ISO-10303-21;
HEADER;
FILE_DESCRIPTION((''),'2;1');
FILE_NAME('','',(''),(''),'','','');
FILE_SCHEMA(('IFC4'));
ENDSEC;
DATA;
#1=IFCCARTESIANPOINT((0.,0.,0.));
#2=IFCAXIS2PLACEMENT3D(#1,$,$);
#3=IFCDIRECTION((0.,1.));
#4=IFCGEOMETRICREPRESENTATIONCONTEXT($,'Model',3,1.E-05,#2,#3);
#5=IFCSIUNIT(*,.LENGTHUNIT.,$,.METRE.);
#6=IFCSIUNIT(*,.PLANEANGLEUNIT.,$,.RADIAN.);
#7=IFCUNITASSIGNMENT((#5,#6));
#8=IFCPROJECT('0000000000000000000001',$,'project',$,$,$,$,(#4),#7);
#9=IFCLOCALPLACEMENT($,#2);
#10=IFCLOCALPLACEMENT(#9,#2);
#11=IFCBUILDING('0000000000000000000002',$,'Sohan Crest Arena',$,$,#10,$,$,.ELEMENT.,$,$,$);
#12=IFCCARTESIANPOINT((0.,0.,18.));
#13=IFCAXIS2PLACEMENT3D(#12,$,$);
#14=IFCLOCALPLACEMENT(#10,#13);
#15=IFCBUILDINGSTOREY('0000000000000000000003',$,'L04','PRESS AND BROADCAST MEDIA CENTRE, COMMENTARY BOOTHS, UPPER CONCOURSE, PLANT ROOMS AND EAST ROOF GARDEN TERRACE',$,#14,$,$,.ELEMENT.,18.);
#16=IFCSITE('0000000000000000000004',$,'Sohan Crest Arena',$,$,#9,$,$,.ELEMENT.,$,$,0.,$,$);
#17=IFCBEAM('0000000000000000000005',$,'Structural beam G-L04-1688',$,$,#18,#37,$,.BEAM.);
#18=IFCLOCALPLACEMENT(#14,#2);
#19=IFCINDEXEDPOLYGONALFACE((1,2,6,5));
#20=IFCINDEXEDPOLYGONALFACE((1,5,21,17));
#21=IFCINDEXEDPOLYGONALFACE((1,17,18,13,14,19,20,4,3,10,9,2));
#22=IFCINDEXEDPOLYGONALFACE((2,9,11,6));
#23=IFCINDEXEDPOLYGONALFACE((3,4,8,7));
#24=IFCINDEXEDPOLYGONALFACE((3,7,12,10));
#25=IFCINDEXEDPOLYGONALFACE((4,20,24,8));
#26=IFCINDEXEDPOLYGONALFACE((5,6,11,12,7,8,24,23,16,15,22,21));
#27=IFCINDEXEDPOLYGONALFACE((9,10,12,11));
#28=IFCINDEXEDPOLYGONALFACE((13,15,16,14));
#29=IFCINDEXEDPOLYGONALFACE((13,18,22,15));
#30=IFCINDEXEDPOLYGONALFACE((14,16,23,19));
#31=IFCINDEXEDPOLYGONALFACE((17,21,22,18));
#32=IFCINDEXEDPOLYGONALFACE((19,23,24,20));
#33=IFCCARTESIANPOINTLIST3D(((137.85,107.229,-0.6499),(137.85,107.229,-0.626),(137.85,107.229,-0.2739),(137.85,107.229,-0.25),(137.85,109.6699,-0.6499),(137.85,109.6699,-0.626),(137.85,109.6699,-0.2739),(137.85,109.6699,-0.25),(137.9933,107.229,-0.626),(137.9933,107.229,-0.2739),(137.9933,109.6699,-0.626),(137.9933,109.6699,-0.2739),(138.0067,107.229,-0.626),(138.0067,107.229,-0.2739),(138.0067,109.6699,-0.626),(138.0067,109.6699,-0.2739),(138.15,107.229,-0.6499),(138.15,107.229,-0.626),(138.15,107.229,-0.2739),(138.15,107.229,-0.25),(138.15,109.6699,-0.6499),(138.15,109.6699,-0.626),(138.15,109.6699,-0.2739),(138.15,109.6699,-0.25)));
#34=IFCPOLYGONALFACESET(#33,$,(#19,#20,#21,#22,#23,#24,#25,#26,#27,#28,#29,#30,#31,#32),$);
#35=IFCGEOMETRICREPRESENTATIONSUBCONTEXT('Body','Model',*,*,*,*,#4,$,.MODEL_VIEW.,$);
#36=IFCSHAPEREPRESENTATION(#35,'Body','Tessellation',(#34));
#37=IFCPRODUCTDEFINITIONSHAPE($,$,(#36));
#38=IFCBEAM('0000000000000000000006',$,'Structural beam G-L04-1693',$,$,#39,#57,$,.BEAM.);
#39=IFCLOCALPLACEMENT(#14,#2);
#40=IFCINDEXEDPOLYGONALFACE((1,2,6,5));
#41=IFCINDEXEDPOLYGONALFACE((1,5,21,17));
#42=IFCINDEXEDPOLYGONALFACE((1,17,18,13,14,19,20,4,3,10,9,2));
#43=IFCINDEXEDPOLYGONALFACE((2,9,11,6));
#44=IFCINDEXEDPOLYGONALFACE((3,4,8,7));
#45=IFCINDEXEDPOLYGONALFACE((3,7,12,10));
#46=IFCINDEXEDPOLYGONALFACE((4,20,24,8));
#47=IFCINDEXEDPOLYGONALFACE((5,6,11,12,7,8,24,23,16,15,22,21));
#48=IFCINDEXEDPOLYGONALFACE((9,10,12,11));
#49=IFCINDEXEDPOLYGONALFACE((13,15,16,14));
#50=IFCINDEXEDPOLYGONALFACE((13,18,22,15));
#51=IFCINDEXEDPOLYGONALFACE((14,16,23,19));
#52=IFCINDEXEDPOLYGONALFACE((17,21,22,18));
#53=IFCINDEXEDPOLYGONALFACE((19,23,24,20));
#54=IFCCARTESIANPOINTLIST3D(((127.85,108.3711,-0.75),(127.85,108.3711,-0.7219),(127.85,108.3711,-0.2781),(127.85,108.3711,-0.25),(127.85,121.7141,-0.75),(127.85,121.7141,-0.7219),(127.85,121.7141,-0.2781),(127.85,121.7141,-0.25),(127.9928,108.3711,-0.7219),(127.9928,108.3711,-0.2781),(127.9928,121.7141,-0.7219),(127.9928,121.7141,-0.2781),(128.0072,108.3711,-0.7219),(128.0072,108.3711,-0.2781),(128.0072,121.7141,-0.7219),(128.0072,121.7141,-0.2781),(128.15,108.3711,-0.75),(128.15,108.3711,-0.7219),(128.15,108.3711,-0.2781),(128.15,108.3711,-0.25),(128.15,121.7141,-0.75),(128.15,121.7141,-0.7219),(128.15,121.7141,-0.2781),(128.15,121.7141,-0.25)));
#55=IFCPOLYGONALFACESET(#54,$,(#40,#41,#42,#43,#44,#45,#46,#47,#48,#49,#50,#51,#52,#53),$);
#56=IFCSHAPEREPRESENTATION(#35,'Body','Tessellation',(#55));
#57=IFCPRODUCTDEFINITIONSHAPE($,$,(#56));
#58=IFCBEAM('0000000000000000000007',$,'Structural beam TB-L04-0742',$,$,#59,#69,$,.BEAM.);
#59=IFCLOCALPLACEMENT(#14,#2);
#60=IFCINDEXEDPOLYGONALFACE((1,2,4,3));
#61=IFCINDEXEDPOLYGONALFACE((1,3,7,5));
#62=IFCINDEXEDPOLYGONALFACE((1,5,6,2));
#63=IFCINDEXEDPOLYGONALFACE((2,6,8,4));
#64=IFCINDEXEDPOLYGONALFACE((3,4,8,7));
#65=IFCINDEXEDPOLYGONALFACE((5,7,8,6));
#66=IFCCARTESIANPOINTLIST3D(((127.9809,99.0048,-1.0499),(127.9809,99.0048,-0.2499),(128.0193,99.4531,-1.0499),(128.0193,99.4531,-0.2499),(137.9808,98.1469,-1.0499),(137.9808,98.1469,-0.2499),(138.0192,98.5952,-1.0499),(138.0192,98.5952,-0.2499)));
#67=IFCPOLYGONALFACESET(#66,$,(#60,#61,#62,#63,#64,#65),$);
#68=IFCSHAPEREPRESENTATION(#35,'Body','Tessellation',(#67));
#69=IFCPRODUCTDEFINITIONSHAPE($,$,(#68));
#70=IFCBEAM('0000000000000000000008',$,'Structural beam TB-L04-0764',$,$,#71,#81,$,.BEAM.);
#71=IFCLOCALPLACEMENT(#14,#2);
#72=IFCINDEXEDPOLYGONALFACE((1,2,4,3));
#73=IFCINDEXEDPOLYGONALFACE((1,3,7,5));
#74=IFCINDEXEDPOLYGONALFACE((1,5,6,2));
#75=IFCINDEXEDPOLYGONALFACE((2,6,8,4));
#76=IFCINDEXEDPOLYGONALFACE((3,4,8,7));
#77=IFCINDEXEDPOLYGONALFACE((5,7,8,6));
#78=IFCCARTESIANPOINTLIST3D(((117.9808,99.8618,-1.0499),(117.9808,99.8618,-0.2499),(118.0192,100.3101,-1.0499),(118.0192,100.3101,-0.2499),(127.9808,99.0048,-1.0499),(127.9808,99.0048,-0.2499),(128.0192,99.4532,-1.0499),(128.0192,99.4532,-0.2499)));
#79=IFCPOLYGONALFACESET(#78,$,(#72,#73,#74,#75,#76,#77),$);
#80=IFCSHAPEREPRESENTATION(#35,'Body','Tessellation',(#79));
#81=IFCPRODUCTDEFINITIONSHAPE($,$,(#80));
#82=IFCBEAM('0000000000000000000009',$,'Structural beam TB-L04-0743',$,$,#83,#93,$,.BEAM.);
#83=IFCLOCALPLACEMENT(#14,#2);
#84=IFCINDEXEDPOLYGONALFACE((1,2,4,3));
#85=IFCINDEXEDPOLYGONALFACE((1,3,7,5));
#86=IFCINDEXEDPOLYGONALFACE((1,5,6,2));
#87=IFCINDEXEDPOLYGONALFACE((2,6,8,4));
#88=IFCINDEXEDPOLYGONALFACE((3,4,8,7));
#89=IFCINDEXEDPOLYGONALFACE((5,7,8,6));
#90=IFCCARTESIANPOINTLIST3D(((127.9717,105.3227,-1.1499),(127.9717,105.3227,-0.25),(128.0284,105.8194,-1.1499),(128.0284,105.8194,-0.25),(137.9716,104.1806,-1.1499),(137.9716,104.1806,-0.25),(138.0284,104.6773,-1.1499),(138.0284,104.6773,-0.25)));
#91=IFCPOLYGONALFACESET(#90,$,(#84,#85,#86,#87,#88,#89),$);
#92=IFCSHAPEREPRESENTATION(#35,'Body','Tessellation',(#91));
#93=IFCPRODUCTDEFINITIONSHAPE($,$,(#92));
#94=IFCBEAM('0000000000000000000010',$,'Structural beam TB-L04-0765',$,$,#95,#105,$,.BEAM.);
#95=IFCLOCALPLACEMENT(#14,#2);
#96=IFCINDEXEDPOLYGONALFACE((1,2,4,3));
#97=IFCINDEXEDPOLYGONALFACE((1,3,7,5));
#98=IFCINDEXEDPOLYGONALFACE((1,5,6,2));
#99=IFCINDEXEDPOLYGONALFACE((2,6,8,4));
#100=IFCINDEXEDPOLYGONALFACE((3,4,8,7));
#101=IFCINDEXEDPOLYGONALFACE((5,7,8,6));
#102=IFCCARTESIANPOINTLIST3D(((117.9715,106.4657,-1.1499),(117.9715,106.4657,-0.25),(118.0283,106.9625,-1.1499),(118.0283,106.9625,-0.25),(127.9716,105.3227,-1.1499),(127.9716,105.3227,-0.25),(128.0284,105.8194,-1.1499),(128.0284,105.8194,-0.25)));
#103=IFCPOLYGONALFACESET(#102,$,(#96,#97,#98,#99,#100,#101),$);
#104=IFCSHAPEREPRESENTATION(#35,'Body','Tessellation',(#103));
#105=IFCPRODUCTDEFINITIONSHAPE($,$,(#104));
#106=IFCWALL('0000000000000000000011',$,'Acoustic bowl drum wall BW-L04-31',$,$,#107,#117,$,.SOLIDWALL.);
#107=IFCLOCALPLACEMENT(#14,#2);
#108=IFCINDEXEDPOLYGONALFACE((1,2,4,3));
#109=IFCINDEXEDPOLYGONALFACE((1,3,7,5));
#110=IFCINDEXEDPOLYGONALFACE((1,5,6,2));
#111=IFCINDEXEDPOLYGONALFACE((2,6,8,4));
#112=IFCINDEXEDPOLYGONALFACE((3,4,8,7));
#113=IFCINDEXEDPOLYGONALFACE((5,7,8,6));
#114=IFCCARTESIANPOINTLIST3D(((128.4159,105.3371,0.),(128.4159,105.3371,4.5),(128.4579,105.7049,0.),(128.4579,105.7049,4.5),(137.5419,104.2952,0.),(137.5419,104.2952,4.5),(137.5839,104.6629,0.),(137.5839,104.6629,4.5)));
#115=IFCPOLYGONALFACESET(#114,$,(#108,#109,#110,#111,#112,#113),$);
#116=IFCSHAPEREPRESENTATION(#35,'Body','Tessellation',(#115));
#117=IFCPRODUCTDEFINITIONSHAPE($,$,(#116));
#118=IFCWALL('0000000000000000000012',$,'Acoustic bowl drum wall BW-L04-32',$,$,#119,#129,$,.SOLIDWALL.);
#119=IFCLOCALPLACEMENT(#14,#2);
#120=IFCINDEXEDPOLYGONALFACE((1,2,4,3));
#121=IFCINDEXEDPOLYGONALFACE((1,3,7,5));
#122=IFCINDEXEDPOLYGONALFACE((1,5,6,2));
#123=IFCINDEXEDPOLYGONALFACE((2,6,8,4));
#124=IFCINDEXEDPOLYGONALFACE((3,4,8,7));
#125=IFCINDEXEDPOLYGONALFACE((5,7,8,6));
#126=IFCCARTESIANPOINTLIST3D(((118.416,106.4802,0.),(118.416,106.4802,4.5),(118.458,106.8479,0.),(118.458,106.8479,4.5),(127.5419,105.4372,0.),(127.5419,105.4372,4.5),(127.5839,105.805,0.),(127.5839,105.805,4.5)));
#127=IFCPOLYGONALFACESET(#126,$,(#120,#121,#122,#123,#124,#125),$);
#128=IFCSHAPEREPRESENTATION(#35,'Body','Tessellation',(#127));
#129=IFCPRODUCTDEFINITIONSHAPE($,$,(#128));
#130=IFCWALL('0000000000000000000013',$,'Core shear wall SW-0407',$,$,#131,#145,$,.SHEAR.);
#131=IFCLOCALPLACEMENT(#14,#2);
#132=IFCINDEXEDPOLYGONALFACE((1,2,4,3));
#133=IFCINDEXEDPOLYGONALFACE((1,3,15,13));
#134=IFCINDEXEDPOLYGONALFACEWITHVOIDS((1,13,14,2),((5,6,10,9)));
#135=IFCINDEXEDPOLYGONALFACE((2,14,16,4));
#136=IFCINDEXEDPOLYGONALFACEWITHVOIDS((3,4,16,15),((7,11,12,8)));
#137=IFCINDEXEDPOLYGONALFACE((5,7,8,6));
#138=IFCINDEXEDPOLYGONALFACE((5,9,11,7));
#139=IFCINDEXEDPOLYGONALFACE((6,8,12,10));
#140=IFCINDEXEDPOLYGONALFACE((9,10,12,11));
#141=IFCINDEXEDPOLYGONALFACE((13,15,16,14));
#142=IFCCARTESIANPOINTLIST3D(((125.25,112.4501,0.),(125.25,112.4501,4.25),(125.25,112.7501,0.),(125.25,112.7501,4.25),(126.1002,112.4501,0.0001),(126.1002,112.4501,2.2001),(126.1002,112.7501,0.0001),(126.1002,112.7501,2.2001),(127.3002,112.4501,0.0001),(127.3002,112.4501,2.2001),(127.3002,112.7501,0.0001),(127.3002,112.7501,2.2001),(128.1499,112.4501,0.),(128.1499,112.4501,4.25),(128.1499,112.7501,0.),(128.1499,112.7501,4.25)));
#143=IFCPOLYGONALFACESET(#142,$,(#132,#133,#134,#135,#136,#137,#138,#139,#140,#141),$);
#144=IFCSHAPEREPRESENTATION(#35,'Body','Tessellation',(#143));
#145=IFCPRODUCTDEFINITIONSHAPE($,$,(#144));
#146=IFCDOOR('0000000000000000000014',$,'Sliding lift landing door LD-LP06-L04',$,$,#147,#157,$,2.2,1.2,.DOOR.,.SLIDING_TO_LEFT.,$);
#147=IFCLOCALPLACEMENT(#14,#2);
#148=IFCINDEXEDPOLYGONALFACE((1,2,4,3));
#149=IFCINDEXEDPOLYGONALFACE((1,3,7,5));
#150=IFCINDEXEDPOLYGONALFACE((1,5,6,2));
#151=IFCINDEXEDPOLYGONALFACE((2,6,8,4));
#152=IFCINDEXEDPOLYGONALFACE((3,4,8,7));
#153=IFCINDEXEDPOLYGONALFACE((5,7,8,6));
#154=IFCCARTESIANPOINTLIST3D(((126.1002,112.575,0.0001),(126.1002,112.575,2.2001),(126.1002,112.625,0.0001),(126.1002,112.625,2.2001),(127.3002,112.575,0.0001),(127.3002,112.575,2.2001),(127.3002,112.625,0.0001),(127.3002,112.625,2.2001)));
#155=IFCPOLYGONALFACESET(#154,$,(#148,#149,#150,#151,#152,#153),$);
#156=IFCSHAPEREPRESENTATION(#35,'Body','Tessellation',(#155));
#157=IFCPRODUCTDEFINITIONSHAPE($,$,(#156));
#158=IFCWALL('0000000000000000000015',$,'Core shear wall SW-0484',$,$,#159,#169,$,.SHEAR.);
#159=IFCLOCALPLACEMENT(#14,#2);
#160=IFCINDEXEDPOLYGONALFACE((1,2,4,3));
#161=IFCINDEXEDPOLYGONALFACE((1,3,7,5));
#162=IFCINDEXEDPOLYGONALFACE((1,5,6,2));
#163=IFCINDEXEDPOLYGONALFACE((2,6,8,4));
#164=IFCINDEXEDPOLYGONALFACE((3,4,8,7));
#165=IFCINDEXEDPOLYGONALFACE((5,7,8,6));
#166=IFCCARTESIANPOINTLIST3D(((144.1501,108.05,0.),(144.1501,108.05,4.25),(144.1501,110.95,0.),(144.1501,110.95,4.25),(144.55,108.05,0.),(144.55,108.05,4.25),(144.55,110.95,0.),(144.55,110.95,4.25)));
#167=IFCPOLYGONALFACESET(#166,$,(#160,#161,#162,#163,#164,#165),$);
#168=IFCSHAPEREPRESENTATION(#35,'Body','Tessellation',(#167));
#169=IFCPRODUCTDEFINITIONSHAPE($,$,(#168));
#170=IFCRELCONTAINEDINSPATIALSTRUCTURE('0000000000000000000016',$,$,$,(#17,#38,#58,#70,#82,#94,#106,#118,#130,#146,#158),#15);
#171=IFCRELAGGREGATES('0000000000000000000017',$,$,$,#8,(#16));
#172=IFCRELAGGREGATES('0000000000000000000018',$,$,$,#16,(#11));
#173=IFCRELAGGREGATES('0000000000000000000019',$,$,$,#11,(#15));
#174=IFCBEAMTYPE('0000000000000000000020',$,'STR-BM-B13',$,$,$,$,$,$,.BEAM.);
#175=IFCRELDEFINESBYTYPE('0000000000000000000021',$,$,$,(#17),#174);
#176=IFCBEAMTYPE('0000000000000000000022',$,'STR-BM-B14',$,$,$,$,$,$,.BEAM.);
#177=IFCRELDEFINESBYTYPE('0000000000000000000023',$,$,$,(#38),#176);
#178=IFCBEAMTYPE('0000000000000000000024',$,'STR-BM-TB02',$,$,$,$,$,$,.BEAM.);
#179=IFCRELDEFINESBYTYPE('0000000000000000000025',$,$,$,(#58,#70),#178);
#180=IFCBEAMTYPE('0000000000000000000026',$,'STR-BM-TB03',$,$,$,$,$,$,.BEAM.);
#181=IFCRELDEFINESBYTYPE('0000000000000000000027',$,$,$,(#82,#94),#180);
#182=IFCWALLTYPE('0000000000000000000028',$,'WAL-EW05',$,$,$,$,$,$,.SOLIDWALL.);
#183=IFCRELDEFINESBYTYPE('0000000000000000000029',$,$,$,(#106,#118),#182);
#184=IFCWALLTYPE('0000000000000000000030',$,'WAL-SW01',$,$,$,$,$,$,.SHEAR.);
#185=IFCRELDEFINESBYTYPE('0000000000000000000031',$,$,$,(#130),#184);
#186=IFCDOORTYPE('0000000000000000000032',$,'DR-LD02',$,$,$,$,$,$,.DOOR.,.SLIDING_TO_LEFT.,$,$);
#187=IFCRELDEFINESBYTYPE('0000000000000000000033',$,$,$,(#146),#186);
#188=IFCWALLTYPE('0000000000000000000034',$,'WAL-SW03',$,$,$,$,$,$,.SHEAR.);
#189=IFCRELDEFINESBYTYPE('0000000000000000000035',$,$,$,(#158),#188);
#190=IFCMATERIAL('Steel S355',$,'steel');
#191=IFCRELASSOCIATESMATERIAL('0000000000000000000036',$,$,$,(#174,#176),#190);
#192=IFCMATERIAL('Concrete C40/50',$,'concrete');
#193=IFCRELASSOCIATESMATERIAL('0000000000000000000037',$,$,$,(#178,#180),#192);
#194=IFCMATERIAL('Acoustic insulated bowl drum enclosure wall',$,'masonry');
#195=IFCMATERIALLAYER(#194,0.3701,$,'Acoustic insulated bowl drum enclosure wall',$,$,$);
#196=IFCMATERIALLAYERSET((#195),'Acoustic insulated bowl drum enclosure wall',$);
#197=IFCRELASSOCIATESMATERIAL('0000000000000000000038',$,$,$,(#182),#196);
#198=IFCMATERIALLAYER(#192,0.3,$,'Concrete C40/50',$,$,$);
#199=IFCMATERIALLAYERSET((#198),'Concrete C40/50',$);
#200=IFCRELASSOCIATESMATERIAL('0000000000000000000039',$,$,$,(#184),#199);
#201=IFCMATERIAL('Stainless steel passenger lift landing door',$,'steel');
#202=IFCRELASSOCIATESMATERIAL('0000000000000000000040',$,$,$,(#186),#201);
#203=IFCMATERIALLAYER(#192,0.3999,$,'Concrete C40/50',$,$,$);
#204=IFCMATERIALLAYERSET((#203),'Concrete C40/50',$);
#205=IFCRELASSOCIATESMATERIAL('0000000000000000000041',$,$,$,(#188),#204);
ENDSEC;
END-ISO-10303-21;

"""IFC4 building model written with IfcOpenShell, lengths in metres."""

from ifc_helpers import new_model, si_unit, direction, frame, frame_2d, origin, origin_2d, place, context, subcontext, project, spatial, rectangle, i_section, extrude, material, layer, layer_set, material_profile, profile_set, type_object, element, fill, save


model = new_model("IFC4")

# Units and contexts
model_context = context("Model", 3, precision=1e-05, world=origin(), true_north=direction((0.0, 1.0)))
body_context = subcontext(model_context, "Body", "Model", "MODEL_VIEW")
ifc_project = project(units=[si_unit("LENGTHUNIT", "METRE"), si_unit("PLANEANGLEUNIT", "RADIAN")], contexts=[model_context])

# Site, building, storey
site_placement = place(None, origin())
site = spatial("IfcSite", under=ifc_project, at=site_placement, Name="Sohan Crest Arena", CompositionType="ELEMENT", RefElevation=0.0)
building_placement = place(site_placement, origin())
building = spatial("IfcBuilding", under=site, at=building_placement, Name="Sohan Crest Arena", CompositionType="ELEMENT")
storey_placement = place(building_placement, frame((0.0, 0.0, 18.0)))
storey = spatial("IfcBuildingStorey", under=building, at=storey_placement, Name="L04", Description="PRESS AND BROADCAST MEDIA CENTRE, COMMENTARY BOOTHS, UPPER CONCOURSE, PLANT ROOMS AND EAST ROOF GARDEN TERRACE", CompositionType="ELEMENT", Elevation=18.0)

# Shared definitions
ifc_material_1 = material(Name="Concrete C40/50", Category="concrete")
ifc_material_2 = material(Name="Steel S355", Category="steel")

# Beams
ifc_material_profile_1 = material_profile(ifc_material_2, i_section(OverallWidth=0.3, OverallDepth=0.3999, WebThickness=0.0134, FlangeThickness=0.0239, at=origin_2d()), Name="HEB 400")
ifc_profile_set_1 = profile_set([ifc_material_profile_1], Name="Steel S355")
beam_type_1 = type_object("IfcBeamType", Name="STR-BM-B13", PredefinedType="BEAM", material=ifc_profile_set_1)
beam_1_placement = place(storey_placement, frame((138.0, 107.229, -0.45), z_axis=(0.0, 1.0, 0.0), x_axis=(-1.0, 0.0, 0.0)))
element("IfcBeam", 1, at=beam_1_placement, inside=storey, type_object=beam_type_1, Name="Structural beam G-L04-1688", PredefinedType="BEAM", context=body_context, shape_type="SweptSolid", body=[
    extrude(i_section(OverallWidth=0.3, OverallDepth=0.3999, WebThickness=0.0134, FlangeThickness=0.0239, at=origin_2d()), origin(), (0.0, 0.0, 1.0), 2.4409),
])
ifc_material_profile_2 = material_profile(ifc_material_2, i_section(OverallWidth=0.3, OverallDepth=0.5, WebThickness=0.0144, FlangeThickness=0.0281, at=origin_2d()), Name="HEB 500")
ifc_profile_set_2 = profile_set([ifc_material_profile_2], Name="Steel S355")
beam_type_2 = type_object("IfcBeamType", Name="STR-BM-B14", PredefinedType="BEAM", material=ifc_profile_set_2)
beam_2_placement = place(storey_placement, frame((128.0, 108.3711, -0.5), z_axis=(0.0, 1.0, 0.0), x_axis=(-1.0, 0.0, 0.0)))
element("IfcBeam", 2, at=beam_2_placement, inside=storey, type_object=beam_type_2, Name="Structural beam G-L04-1693", PredefinedType="BEAM", context=body_context, shape_type="SweptSolid", body=[
    extrude(i_section(OverallWidth=0.3, OverallDepth=0.5, WebThickness=0.0144, FlangeThickness=0.0281, at=origin_2d()), origin(), (0.0, 0.0, 1.0), 13.343),
])
ifc_material_profile_3 = material_profile(ifc_material_1, rectangle(XDim=0.45, YDim=0.8, at=origin_2d()), Name="RC-BM 450x800")
ifc_profile_set_3 = profile_set([ifc_material_profile_3], Name="Concrete C40/50")
beam_type_3 = type_object("IfcBeamType", Name="STR-BM-TB02", PredefinedType="BEAM", material=ifc_profile_set_3)
for number, where, z_axis, x_axis, name in (
    (3, (138.0, 98.3711, -0.6499), (-0.99634, 0.085477, 0.0), (-0.085477, -0.99634, 0.0), "Structural beam TB-L04-0742"),
    (4, (128.0, 99.229, -0.6499), (-0.996348, 0.08538, 0.0), (-0.08538, -0.996348, 0.0), "Structural beam TB-L04-0764"),
):
    element("IfcBeam", number, at=place(storey_placement, frame(where, z_axis=z_axis, x_axis=x_axis)), inside=storey, type_object=beam_type_3, Name=name, PredefinedType="BEAM", context=body_context, shape_type="SweptSolid", body=[
        extrude(rectangle(XDim=0.45, YDim=0.8, at=origin_2d()), origin(), (0.0, 0.0, 1.0), 10.0366),
    ])
ifc_material_profile_4 = material_profile(ifc_material_1, rectangle(XDim=0.5, YDim=0.8999, at=origin_2d()), Name="RC-BM 500x900")
ifc_profile_set_4 = profile_set([ifc_material_profile_4], Name="Concrete C40/50")
beam_type_4 = type_object("IfcBeamType", Name="STR-BM-TB03", PredefinedType="BEAM", material=ifc_profile_set_4)
beam_3_placement = place(storey_placement, frame((138.0, 104.429, -0.7), z_axis=(-0.993541, 0.113471, 0.0), x_axis=(-0.113471, -0.993541, 0.0)))
element("IfcBeam", 5, at=beam_3_placement, inside=storey, type_object=beam_type_4, Name="Structural beam TB-L04-0743", PredefinedType="BEAM", context=body_context, shape_type="SweptSolid", body=[
    extrude(rectangle(XDim=0.5, YDim=0.8999, at=origin_2d()), origin(), (0.0, 0.0, 1.0), 10.0649),
])
beam_4_placement = place(storey_placement, frame((128.0, 105.571, -0.7), z_axis=(-0.99353, 0.113567, 0.0), x_axis=(-0.113567, -0.99353, 0.0)))
element("IfcBeam", 6, at=beam_4_placement, inside=storey, type_object=beam_type_4, Name="Structural beam TB-L04-0765", PredefinedType="BEAM", context=body_context, shape_type="SweptSolid", body=[
    extrude(rectangle(XDim=0.5, YDim=0.8999, at=origin_2d()), origin(), (0.0, 0.0, 1.0), 10.0652),
])

# Walls
ifc_material_3 = material(Name="Acoustic insulated bowl drum enclosure wall", Category="masonry")
ifc_layer_1 = layer(ifc_material_3, 0.3701, Name="Acoustic insulated bowl drum enclosure wall")
ifc_layer_set_1 = layer_set([ifc_layer_1], Name="Acoustic insulated bowl drum enclosure wall")
wall_type_1 = type_object("IfcWallType", Name="WAL-EW05", PredefinedType="SOLIDWALL", material=ifc_layer_set_1)
for number, where, z_axis, x_axis, name in (
    (7, (137.563, 104.479, 0.0), (0.0, 0.0, 1.0), (-0.993545, 0.113442, 0.0), "Acoustic bowl drum wall BW-L04-31"),
    (8, (127.563, 105.6211, 0.0), (0.0, 0.0, 1.0), (-0.993533, 0.113547, 0.0), "Acoustic bowl drum wall BW-L04-32"),
):
    element("IfcWall", number, at=place(storey_placement, frame(where, z_axis=z_axis, x_axis=x_axis)), inside=storey, type_object=wall_type_1, Name=name, PredefinedType="SOLIDWALL", context=body_context, shape_type="SweptSolid", body=[
        extrude(rectangle(XDim=9.1853, YDim=0.3701, at=frame_2d((4.5928, 0.0))), origin(), (0.0, 0.0, 1.0), 4.5),
    ])

# Wall, opening, door
ifc_layer_2 = layer(ifc_material_1, 0.3, Name="Concrete C40/50")
ifc_layer_set_2 = layer_set([ifc_layer_2], Name="Concrete C40/50")
wall_type_2 = type_object("IfcWallType", Name="WAL-SW01", PredefinedType="SHEAR", material=ifc_layer_set_2)
wall_1_placement = place(storey_placement, frame((125.25, 112.6001, 0.0), z_axis=(0.0, 0.0, 1.0), x_axis=(1.0, 0.0, 0.0)))
wall_1 = element("IfcWall", 9, at=wall_1_placement, inside=storey, type_object=wall_type_2, Name="Core shear wall SW-0407", PredefinedType="SHEAR", context=body_context, shape_type="SweptSolid", body=[
    extrude(rectangle(XDim=2.8999, YDim=0.3, at=frame_2d((1.45, 0.0))), origin(), (0.0, 0.0, 1.0), 4.25),
])
opening_1_placement = place(wall_1_placement, frame((0.8501, 0.0, 0.0)))
opening_1 = element("IfcOpeningElement", 10, at=opening_1_placement, cuts=wall_1, PredefinedType="OPENING", context=body_context, shape_type="SweptSolid", body=[
    extrude(rectangle(XDim=1.2, YDim=2.2, at=frame_2d((0.6001, 1.1001))), frame((0.0, 0.1599, 0.0), z_axis=(0.0, -1.0, 0.0), x_axis=(1.0, 0.0, 0.0)), (0.0, 0.0, 1.0), 0.3201),
])
ifc_material_4 = material(Name="Stainless steel passenger lift landing door", Category="steel")
door_type_1 = type_object("IfcDoorType", Name="DR-LD02", OperationType="SLIDING_TO_LEFT", PredefinedType="DOOR", material=ifc_material_4)
door_1_placement = place(opening_1_placement, origin())
door_1 = element("IfcDoor", 11, at=door_1_placement, inside=storey, type_object=door_type_1, Name="Sliding lift landing door LD-LP06-L04", OperationType="SLIDING_TO_LEFT", OverallHeight=2.2, OverallWidth=1.2, PredefinedType="DOOR", context=body_context, shape_type="SweptSolid", body=[
    extrude(rectangle(XDim=1.2, YDim=2.2, at=frame_2d((0.6001, 1.1001))), frame((0.0, 0.0249, 0.0), z_axis=(0.0, -1.0, 0.0), x_axis=(1.0, 0.0, 0.0)), (0.0, 0.0, 1.0), 0.05),
])
fill(opening_1, door_1)

# Wall
ifc_layer_3 = layer(ifc_material_1, 0.3999, Name="Concrete C40/50")
ifc_layer_set_3 = layer_set([ifc_layer_3], Name="Concrete C40/50")
wall_type_3 = type_object("IfcWallType", Name="WAL-SW03", PredefinedType="SHEAR", material=ifc_layer_set_3)
wall_2_placement = place(storey_placement, frame((144.3501, 108.05, 0.0), z_axis=(0.0, 0.0, 1.0), x_axis=(0.0, 1.0, 0.0)))
element("IfcWall", 12, at=wall_2_placement, inside=storey, type_object=wall_type_3, Name="Core shear wall SW-0484", PredefinedType="SHEAR", context=body_context, shape_type="SweptSolid", body=[
    extrude(rectangle(XDim=2.8999, YDim=0.3999, at=frame_2d((1.45, 0.0))), origin(), (0.0, 0.0, 1.0), 4.25),
])

save(model, "model.ifc")
